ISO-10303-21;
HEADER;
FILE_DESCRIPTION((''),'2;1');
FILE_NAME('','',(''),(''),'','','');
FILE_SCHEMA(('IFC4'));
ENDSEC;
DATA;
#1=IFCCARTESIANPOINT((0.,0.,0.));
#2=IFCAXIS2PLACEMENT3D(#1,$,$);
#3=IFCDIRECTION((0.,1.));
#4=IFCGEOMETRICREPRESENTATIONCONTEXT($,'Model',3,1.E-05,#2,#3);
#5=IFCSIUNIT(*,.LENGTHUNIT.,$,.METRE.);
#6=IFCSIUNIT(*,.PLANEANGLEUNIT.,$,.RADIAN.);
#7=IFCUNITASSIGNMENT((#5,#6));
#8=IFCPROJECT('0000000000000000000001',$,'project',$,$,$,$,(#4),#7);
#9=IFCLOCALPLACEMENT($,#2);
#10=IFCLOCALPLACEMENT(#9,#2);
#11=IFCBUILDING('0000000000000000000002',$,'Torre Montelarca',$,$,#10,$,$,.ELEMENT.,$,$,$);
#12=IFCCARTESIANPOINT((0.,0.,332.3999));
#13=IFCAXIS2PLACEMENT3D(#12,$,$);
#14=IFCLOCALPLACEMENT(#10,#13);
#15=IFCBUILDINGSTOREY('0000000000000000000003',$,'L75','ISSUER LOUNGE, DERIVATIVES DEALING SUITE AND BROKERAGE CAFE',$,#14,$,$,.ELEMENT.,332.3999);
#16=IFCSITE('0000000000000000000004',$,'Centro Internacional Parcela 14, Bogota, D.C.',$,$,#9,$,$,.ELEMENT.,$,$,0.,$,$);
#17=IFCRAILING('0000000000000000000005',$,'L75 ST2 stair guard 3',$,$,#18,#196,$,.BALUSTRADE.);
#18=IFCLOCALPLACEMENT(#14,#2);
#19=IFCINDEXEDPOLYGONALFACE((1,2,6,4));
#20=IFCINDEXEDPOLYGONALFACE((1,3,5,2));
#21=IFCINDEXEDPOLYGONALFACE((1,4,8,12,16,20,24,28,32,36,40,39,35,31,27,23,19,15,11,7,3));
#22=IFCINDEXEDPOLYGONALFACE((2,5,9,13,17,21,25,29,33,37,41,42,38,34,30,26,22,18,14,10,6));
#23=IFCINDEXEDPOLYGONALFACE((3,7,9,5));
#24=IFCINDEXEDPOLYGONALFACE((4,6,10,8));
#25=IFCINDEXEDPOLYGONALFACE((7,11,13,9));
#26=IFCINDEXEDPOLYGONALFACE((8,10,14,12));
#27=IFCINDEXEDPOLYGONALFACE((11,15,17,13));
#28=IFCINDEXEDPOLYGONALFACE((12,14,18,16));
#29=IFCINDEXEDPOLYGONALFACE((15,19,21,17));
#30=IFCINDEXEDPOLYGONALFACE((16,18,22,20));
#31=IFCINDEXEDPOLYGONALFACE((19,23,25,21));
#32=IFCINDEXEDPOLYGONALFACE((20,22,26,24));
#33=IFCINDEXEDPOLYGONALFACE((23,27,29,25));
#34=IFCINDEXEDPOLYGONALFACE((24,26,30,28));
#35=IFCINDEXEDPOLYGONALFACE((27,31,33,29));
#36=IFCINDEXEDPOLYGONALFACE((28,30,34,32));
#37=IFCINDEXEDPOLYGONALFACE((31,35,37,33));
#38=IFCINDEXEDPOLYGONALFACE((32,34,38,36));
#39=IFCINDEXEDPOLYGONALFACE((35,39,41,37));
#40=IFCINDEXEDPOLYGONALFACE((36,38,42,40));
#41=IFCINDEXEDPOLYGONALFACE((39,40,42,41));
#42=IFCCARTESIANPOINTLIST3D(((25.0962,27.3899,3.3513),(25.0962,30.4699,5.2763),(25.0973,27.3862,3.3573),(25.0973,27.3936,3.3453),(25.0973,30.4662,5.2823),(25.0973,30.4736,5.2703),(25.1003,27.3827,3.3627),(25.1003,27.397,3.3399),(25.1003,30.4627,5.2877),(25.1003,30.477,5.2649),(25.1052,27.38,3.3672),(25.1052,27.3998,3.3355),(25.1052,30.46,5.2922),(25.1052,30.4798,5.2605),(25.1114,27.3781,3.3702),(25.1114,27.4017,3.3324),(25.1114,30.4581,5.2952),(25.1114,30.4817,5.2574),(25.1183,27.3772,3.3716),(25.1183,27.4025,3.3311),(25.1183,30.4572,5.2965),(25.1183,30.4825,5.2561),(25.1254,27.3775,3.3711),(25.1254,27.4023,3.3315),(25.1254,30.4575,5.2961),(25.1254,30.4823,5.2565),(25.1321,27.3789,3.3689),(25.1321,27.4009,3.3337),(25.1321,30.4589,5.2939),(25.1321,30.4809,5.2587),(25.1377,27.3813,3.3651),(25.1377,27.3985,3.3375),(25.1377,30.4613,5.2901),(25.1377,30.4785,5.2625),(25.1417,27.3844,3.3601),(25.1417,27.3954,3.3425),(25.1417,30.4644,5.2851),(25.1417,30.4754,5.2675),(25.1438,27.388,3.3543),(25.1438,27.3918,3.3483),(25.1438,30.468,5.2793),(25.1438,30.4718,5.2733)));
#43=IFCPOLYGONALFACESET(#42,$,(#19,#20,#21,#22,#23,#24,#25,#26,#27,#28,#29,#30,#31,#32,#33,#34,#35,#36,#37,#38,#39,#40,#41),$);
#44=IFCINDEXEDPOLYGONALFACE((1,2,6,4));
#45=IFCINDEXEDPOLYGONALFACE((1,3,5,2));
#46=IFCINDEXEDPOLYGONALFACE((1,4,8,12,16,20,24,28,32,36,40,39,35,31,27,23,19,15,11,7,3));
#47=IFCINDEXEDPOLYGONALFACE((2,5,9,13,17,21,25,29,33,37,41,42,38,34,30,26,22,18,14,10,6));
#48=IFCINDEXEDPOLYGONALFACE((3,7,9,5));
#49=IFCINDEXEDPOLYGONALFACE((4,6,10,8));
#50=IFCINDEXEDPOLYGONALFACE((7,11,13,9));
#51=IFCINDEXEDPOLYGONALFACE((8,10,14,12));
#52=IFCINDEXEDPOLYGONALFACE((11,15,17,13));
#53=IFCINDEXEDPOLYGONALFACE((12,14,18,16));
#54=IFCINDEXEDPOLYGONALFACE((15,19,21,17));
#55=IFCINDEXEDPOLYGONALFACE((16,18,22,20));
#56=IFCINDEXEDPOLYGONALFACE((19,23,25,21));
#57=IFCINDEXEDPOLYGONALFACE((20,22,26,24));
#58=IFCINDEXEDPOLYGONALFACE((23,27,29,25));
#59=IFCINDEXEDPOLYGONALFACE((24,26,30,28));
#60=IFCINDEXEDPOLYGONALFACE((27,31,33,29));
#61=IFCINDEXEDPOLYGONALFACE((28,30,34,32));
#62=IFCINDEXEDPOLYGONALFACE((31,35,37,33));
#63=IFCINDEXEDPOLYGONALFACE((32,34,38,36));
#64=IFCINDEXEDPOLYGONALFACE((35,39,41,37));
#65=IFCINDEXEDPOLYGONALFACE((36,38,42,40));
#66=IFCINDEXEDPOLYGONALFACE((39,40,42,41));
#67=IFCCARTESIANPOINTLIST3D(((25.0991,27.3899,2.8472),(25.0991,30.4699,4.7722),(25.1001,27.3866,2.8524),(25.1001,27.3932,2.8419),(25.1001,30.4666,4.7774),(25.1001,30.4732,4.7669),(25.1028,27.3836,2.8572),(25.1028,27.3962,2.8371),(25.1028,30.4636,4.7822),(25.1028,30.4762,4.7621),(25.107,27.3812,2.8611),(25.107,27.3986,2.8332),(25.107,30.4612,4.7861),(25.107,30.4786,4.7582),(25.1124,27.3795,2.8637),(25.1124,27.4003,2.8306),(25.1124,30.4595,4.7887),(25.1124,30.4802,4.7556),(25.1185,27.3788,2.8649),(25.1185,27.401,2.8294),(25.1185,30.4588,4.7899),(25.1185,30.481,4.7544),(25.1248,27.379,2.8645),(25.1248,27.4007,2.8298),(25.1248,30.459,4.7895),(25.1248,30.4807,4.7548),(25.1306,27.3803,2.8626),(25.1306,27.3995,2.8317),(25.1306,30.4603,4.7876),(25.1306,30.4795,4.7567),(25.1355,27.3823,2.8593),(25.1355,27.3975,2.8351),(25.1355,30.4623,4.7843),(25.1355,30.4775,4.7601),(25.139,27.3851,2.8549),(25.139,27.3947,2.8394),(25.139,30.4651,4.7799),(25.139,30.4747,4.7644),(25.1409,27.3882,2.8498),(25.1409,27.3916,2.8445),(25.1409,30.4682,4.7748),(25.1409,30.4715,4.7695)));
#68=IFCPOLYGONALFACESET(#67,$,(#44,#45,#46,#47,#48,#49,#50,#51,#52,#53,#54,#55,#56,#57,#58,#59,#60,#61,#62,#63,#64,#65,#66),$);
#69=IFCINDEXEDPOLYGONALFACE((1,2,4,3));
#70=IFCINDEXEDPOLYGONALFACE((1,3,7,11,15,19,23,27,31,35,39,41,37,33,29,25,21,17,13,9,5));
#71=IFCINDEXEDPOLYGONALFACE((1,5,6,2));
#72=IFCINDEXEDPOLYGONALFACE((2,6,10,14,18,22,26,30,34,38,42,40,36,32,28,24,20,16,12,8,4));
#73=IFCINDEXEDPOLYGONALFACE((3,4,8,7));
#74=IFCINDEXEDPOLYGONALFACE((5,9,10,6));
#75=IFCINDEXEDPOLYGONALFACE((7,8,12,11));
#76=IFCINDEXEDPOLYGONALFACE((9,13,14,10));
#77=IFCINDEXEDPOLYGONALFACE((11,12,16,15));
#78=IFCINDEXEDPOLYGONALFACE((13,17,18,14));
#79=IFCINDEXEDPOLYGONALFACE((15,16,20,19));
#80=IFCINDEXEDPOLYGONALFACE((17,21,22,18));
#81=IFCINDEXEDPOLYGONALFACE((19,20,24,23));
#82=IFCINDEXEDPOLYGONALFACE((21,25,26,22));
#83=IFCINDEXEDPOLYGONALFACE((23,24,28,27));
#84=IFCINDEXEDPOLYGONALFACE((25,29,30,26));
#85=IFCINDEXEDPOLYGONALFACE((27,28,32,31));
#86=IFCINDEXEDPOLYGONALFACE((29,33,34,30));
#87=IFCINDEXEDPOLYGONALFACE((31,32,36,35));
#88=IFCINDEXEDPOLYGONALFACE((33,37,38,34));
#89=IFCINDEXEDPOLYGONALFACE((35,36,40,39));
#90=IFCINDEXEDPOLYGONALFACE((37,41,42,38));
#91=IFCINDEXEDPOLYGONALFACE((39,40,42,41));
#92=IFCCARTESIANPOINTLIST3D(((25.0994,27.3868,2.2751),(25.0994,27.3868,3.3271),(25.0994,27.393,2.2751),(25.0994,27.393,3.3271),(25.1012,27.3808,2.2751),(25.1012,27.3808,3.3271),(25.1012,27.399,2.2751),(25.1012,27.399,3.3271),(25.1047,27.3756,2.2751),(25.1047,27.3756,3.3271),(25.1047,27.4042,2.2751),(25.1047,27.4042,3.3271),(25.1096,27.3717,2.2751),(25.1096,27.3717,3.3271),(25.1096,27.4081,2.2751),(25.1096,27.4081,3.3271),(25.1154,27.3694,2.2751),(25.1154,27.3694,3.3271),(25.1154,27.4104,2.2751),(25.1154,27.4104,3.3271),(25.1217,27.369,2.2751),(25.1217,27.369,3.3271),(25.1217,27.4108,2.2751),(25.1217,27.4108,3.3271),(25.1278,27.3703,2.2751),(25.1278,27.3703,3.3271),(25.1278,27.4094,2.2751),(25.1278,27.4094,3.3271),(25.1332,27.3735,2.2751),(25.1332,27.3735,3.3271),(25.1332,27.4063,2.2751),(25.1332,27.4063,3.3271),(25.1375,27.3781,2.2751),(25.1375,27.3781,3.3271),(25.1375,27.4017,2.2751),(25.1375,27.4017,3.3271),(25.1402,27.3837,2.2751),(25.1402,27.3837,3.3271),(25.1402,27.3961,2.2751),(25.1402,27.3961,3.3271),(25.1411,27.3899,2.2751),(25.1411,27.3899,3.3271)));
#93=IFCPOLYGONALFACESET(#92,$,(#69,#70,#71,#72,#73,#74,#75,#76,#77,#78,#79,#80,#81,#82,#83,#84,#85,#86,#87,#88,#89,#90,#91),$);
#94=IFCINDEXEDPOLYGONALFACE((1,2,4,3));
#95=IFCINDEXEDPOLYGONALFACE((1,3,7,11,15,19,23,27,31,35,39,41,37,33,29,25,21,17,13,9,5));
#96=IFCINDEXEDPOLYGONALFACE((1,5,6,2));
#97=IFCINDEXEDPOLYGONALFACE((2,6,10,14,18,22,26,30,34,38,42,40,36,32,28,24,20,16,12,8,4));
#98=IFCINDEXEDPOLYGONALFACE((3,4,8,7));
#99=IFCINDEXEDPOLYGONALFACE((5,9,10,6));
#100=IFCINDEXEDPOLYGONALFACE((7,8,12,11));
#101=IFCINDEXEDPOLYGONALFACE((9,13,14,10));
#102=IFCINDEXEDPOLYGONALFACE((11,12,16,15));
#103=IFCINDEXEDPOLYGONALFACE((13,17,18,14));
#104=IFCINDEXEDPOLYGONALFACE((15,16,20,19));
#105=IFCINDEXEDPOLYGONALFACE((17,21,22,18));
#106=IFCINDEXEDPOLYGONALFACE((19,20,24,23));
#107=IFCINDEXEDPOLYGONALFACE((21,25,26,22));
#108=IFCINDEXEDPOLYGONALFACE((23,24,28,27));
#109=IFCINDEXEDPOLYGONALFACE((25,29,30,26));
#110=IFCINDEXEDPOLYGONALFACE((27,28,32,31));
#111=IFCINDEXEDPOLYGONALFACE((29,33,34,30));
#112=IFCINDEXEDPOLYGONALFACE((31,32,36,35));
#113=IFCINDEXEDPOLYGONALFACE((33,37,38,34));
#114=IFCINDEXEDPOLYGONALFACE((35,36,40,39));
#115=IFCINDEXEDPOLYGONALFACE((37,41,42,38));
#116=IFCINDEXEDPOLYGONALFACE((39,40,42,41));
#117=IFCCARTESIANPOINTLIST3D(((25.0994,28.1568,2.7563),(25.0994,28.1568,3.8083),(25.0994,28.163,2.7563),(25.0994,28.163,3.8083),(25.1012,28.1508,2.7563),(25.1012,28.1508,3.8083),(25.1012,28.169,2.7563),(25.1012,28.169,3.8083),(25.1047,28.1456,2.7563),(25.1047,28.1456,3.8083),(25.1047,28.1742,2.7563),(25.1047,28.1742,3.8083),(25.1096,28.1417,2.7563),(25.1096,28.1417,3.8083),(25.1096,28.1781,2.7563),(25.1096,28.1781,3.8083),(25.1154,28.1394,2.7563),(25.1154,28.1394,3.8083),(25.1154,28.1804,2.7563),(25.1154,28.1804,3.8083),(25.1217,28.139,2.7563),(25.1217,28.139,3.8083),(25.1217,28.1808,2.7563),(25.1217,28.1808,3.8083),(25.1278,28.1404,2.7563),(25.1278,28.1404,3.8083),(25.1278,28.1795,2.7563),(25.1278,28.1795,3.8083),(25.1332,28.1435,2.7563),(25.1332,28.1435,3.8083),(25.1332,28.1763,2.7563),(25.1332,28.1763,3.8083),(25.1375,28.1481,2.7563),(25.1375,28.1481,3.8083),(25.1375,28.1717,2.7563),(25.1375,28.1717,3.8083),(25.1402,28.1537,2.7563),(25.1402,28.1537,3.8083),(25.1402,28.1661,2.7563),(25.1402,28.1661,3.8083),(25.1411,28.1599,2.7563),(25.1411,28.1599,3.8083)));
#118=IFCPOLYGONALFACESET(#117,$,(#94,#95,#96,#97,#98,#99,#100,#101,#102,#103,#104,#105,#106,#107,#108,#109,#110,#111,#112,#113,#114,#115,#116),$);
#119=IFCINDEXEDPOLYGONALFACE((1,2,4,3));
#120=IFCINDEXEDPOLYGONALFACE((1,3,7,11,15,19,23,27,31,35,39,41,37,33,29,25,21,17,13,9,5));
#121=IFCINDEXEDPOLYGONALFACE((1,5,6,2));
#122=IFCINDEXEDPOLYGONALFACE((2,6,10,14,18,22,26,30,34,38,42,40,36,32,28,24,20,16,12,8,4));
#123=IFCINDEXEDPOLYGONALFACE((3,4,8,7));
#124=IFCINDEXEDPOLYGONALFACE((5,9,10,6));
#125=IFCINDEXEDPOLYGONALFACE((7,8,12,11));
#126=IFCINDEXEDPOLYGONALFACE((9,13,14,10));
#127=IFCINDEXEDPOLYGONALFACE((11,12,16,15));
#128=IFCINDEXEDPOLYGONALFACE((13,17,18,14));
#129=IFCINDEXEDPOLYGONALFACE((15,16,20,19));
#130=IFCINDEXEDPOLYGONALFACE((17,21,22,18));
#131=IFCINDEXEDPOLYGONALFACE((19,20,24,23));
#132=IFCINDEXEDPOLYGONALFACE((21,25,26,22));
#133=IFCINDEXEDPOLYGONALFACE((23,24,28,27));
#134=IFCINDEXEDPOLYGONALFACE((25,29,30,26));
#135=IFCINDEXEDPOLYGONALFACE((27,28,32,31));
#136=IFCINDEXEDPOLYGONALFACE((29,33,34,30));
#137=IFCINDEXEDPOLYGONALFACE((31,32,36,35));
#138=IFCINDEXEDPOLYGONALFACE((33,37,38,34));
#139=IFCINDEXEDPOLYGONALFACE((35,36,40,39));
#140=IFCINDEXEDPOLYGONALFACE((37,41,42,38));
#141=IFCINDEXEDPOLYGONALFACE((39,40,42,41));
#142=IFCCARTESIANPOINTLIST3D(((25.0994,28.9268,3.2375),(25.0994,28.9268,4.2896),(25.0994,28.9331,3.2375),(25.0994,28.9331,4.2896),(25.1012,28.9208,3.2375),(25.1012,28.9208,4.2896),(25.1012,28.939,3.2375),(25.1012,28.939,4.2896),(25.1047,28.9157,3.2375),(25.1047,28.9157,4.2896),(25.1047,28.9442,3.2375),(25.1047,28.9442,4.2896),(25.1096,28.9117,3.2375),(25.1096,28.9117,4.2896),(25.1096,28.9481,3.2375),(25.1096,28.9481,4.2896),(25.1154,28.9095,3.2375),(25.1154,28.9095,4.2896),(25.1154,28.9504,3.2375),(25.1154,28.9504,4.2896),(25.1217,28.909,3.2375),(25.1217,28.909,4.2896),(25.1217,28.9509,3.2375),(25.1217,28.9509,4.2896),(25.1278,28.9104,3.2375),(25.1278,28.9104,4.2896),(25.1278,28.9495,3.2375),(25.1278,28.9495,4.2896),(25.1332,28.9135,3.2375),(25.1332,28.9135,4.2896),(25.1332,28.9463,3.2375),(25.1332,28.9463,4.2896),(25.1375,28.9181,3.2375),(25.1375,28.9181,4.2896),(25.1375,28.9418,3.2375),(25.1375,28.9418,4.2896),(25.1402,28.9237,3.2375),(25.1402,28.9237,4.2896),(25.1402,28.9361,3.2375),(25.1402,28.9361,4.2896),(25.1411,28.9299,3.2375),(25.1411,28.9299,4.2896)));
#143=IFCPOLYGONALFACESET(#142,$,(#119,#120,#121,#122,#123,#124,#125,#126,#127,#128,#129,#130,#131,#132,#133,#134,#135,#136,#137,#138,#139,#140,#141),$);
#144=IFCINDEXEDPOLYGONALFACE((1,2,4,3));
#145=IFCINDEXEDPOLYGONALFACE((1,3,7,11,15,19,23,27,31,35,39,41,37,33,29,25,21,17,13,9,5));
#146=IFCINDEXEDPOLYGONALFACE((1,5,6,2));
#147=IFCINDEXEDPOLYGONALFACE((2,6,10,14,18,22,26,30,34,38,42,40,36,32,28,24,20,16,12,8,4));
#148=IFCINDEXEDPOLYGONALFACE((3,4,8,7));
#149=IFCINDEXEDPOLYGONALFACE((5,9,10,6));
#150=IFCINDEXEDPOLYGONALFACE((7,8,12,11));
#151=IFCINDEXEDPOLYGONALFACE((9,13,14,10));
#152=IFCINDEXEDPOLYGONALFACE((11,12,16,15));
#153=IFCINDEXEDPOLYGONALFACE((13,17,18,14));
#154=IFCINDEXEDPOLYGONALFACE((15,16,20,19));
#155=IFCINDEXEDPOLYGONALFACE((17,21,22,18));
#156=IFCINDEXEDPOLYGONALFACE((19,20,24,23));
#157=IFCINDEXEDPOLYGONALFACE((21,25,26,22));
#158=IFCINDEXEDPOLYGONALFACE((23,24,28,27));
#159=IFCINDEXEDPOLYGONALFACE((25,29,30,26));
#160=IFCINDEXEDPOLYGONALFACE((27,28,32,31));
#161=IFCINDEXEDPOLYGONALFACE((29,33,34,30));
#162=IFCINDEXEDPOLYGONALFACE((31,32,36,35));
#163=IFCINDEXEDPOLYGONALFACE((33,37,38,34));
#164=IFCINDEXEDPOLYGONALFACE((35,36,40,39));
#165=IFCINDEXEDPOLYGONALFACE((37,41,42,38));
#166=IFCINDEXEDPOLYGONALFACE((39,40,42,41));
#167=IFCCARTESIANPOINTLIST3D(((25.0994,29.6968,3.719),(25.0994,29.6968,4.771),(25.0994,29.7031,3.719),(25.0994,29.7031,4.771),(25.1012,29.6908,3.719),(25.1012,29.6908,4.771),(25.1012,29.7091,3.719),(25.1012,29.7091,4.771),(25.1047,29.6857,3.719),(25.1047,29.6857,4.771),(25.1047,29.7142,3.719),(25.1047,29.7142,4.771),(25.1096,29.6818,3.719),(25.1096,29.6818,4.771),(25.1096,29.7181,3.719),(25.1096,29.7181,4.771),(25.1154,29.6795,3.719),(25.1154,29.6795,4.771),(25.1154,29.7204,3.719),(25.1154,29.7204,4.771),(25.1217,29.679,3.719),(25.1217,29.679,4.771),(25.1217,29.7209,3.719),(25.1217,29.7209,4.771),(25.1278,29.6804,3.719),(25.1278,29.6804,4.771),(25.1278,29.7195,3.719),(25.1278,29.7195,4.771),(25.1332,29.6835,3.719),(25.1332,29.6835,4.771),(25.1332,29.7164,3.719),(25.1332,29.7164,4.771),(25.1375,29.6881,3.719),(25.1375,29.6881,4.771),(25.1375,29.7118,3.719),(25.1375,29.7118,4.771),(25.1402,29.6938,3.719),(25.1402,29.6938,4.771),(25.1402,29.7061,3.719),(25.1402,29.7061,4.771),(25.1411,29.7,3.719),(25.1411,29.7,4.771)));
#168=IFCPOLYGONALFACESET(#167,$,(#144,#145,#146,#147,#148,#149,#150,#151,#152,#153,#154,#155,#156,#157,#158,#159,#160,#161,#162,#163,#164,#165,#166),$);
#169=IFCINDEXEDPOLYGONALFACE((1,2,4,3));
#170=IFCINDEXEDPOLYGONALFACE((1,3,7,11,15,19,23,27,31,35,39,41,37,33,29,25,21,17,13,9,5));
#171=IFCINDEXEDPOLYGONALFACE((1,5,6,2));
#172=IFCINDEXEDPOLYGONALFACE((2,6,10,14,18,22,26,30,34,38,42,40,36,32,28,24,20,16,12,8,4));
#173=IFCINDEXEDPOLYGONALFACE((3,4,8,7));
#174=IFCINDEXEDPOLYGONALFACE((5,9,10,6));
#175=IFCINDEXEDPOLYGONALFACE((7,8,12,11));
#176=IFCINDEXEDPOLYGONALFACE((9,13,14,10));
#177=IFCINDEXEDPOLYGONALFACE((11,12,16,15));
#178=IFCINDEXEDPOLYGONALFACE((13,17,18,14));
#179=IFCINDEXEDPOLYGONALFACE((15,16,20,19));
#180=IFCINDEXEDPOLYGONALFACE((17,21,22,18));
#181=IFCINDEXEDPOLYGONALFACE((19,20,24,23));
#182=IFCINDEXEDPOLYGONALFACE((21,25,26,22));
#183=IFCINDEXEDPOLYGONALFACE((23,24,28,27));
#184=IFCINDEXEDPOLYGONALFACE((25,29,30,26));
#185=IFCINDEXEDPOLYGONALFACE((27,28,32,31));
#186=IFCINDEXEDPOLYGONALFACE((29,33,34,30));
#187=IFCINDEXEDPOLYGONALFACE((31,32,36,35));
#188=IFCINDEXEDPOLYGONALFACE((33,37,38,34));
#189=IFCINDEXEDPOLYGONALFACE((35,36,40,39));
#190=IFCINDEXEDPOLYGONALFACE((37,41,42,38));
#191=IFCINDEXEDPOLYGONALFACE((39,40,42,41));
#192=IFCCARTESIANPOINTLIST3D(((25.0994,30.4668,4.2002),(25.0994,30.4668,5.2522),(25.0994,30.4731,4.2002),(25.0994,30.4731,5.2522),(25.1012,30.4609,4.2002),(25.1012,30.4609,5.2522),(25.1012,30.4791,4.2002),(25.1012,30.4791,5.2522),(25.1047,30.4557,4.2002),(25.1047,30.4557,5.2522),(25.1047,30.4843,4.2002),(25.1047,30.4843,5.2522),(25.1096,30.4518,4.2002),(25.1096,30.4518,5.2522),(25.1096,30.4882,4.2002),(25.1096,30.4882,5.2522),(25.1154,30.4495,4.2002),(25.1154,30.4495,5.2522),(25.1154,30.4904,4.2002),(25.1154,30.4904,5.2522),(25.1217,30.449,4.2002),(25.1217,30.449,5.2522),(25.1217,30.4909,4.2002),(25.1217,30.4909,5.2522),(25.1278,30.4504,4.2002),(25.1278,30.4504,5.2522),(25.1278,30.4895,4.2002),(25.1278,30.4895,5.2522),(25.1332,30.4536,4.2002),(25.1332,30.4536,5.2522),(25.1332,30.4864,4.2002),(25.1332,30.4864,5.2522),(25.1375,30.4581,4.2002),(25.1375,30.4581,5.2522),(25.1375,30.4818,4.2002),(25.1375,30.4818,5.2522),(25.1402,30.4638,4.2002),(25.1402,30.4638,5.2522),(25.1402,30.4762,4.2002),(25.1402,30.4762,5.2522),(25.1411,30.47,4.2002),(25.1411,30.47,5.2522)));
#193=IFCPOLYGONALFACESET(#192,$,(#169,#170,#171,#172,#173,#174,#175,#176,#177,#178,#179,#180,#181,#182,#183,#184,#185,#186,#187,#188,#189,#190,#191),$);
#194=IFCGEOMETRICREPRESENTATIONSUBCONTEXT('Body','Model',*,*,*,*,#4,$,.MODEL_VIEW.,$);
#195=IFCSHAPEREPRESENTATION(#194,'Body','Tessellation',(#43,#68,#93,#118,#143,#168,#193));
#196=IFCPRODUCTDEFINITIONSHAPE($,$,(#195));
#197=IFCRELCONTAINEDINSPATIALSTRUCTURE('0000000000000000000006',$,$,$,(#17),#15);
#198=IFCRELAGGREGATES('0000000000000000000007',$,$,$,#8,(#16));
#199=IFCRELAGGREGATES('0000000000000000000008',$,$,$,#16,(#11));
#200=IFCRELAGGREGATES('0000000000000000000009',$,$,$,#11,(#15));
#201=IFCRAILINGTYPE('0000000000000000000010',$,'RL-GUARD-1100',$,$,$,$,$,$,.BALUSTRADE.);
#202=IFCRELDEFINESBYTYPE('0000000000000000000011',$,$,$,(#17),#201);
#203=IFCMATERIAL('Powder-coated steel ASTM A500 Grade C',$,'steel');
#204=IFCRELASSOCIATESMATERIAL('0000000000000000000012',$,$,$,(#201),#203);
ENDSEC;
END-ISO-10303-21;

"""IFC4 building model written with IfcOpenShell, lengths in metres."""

from ifc_helpers import new_model, si_unit, direction, frame, origin, origin_2d, place, context, subcontext, project, spatial, circle, extrude, material, type_object, element, save


model = new_model("IFC4")

# Units and contexts
model_context = context("Model", 3, precision=1e-05, world=origin(), true_north=direction((0.0, 1.0)))
body_context = subcontext(model_context, "Body", "Model", "MODEL_VIEW")
ifc_project = project(units=[si_unit("LENGTHUNIT", "METRE"), si_unit("PLANEANGLEUNIT", "RADIAN")], contexts=[model_context])

# Site, building, storey
site_placement = place(None, origin())
site = spatial("IfcSite", under=ifc_project, at=site_placement, Name="Centro Internacional Parcela 14, Bogota, D.C.", CompositionType="ELEMENT", RefElevation=0.0)
building_placement = place(site_placement, origin())
building = spatial("IfcBuilding", under=site, at=building_placement, Name="Torre Montelarca", CompositionType="ELEMENT")
storey_placement = place(building_placement, frame((0.0, 0.0, 332.3999)))
storey = spatial("IfcBuildingStorey", under=building, at=storey_placement, Name="L75", Description="ISSUER LOUNGE, DERIVATIVES DEALING SUITE AND BROKERAGE CAFE", CompositionType="ELEMENT", Elevation=332.3999)

# Railing
ifc_material_1 = material(Name="Powder-coated steel ASTM A500 Grade C", Category="steel")
railing_type_1 = type_object("IfcRailingType", Name="RL-GUARD-1100", PredefinedType="BALUSTRADE", material=ifc_material_1)
railing_1_placement = place(storey_placement, frame((25.1201, 27.3899, 2.2751)))
element("IfcRailing", 1, at=railing_1_placement, inside=storey, type_object=railing_type_1, Name="L75 ST2 stair guard 3", PredefinedType="BALUSTRADE", context=body_context, shape_type="SweptSolid", body=[
    extrude(circle(Radius=0.0239, at=origin_2d()), frame((0.0, 0.0, 1.0762), z_axis=(0.0, 0.847998, 0.529999), x_axis=(-1.0, 0.0, 0.0)), (0.0, 0.0, 1.0), 3.6321),
    extrude(circle(Radius=0.021, at=origin_2d()), frame((0.0, 0.0, 0.572), z_axis=(0.0, 0.847998, 0.529999), x_axis=(-1.0, 0.0, 0.0)), (0.0, 0.0, 1.0), 3.6321),
    extrude(circle(Radius=0.021, at=origin_2d()), origin(), (0.0, 0.0, 1.0), 1.052),
    extrude(circle(Radius=0.021, at=origin_2d()), frame((0.0, 0.77, 0.4812)), (0.0, 0.0, 1.0), 1.052),
    extrude(circle(Radius=0.021, at=origin_2d()), frame((0.0, 1.54, 0.9624)), (0.0, 0.0, 1.0), 1.052),
    extrude(circle(Radius=0.021, at=origin_2d()), frame((0.0, 2.3101, 1.4438)), (0.0, 0.0, 1.0), 1.052),
    extrude(circle(Radius=0.021, at=origin_2d()), frame((0.0, 3.0801, 1.925)), (0.0, 0.0, 1.0), 1.052),
])

save(model, "model.ifc")
